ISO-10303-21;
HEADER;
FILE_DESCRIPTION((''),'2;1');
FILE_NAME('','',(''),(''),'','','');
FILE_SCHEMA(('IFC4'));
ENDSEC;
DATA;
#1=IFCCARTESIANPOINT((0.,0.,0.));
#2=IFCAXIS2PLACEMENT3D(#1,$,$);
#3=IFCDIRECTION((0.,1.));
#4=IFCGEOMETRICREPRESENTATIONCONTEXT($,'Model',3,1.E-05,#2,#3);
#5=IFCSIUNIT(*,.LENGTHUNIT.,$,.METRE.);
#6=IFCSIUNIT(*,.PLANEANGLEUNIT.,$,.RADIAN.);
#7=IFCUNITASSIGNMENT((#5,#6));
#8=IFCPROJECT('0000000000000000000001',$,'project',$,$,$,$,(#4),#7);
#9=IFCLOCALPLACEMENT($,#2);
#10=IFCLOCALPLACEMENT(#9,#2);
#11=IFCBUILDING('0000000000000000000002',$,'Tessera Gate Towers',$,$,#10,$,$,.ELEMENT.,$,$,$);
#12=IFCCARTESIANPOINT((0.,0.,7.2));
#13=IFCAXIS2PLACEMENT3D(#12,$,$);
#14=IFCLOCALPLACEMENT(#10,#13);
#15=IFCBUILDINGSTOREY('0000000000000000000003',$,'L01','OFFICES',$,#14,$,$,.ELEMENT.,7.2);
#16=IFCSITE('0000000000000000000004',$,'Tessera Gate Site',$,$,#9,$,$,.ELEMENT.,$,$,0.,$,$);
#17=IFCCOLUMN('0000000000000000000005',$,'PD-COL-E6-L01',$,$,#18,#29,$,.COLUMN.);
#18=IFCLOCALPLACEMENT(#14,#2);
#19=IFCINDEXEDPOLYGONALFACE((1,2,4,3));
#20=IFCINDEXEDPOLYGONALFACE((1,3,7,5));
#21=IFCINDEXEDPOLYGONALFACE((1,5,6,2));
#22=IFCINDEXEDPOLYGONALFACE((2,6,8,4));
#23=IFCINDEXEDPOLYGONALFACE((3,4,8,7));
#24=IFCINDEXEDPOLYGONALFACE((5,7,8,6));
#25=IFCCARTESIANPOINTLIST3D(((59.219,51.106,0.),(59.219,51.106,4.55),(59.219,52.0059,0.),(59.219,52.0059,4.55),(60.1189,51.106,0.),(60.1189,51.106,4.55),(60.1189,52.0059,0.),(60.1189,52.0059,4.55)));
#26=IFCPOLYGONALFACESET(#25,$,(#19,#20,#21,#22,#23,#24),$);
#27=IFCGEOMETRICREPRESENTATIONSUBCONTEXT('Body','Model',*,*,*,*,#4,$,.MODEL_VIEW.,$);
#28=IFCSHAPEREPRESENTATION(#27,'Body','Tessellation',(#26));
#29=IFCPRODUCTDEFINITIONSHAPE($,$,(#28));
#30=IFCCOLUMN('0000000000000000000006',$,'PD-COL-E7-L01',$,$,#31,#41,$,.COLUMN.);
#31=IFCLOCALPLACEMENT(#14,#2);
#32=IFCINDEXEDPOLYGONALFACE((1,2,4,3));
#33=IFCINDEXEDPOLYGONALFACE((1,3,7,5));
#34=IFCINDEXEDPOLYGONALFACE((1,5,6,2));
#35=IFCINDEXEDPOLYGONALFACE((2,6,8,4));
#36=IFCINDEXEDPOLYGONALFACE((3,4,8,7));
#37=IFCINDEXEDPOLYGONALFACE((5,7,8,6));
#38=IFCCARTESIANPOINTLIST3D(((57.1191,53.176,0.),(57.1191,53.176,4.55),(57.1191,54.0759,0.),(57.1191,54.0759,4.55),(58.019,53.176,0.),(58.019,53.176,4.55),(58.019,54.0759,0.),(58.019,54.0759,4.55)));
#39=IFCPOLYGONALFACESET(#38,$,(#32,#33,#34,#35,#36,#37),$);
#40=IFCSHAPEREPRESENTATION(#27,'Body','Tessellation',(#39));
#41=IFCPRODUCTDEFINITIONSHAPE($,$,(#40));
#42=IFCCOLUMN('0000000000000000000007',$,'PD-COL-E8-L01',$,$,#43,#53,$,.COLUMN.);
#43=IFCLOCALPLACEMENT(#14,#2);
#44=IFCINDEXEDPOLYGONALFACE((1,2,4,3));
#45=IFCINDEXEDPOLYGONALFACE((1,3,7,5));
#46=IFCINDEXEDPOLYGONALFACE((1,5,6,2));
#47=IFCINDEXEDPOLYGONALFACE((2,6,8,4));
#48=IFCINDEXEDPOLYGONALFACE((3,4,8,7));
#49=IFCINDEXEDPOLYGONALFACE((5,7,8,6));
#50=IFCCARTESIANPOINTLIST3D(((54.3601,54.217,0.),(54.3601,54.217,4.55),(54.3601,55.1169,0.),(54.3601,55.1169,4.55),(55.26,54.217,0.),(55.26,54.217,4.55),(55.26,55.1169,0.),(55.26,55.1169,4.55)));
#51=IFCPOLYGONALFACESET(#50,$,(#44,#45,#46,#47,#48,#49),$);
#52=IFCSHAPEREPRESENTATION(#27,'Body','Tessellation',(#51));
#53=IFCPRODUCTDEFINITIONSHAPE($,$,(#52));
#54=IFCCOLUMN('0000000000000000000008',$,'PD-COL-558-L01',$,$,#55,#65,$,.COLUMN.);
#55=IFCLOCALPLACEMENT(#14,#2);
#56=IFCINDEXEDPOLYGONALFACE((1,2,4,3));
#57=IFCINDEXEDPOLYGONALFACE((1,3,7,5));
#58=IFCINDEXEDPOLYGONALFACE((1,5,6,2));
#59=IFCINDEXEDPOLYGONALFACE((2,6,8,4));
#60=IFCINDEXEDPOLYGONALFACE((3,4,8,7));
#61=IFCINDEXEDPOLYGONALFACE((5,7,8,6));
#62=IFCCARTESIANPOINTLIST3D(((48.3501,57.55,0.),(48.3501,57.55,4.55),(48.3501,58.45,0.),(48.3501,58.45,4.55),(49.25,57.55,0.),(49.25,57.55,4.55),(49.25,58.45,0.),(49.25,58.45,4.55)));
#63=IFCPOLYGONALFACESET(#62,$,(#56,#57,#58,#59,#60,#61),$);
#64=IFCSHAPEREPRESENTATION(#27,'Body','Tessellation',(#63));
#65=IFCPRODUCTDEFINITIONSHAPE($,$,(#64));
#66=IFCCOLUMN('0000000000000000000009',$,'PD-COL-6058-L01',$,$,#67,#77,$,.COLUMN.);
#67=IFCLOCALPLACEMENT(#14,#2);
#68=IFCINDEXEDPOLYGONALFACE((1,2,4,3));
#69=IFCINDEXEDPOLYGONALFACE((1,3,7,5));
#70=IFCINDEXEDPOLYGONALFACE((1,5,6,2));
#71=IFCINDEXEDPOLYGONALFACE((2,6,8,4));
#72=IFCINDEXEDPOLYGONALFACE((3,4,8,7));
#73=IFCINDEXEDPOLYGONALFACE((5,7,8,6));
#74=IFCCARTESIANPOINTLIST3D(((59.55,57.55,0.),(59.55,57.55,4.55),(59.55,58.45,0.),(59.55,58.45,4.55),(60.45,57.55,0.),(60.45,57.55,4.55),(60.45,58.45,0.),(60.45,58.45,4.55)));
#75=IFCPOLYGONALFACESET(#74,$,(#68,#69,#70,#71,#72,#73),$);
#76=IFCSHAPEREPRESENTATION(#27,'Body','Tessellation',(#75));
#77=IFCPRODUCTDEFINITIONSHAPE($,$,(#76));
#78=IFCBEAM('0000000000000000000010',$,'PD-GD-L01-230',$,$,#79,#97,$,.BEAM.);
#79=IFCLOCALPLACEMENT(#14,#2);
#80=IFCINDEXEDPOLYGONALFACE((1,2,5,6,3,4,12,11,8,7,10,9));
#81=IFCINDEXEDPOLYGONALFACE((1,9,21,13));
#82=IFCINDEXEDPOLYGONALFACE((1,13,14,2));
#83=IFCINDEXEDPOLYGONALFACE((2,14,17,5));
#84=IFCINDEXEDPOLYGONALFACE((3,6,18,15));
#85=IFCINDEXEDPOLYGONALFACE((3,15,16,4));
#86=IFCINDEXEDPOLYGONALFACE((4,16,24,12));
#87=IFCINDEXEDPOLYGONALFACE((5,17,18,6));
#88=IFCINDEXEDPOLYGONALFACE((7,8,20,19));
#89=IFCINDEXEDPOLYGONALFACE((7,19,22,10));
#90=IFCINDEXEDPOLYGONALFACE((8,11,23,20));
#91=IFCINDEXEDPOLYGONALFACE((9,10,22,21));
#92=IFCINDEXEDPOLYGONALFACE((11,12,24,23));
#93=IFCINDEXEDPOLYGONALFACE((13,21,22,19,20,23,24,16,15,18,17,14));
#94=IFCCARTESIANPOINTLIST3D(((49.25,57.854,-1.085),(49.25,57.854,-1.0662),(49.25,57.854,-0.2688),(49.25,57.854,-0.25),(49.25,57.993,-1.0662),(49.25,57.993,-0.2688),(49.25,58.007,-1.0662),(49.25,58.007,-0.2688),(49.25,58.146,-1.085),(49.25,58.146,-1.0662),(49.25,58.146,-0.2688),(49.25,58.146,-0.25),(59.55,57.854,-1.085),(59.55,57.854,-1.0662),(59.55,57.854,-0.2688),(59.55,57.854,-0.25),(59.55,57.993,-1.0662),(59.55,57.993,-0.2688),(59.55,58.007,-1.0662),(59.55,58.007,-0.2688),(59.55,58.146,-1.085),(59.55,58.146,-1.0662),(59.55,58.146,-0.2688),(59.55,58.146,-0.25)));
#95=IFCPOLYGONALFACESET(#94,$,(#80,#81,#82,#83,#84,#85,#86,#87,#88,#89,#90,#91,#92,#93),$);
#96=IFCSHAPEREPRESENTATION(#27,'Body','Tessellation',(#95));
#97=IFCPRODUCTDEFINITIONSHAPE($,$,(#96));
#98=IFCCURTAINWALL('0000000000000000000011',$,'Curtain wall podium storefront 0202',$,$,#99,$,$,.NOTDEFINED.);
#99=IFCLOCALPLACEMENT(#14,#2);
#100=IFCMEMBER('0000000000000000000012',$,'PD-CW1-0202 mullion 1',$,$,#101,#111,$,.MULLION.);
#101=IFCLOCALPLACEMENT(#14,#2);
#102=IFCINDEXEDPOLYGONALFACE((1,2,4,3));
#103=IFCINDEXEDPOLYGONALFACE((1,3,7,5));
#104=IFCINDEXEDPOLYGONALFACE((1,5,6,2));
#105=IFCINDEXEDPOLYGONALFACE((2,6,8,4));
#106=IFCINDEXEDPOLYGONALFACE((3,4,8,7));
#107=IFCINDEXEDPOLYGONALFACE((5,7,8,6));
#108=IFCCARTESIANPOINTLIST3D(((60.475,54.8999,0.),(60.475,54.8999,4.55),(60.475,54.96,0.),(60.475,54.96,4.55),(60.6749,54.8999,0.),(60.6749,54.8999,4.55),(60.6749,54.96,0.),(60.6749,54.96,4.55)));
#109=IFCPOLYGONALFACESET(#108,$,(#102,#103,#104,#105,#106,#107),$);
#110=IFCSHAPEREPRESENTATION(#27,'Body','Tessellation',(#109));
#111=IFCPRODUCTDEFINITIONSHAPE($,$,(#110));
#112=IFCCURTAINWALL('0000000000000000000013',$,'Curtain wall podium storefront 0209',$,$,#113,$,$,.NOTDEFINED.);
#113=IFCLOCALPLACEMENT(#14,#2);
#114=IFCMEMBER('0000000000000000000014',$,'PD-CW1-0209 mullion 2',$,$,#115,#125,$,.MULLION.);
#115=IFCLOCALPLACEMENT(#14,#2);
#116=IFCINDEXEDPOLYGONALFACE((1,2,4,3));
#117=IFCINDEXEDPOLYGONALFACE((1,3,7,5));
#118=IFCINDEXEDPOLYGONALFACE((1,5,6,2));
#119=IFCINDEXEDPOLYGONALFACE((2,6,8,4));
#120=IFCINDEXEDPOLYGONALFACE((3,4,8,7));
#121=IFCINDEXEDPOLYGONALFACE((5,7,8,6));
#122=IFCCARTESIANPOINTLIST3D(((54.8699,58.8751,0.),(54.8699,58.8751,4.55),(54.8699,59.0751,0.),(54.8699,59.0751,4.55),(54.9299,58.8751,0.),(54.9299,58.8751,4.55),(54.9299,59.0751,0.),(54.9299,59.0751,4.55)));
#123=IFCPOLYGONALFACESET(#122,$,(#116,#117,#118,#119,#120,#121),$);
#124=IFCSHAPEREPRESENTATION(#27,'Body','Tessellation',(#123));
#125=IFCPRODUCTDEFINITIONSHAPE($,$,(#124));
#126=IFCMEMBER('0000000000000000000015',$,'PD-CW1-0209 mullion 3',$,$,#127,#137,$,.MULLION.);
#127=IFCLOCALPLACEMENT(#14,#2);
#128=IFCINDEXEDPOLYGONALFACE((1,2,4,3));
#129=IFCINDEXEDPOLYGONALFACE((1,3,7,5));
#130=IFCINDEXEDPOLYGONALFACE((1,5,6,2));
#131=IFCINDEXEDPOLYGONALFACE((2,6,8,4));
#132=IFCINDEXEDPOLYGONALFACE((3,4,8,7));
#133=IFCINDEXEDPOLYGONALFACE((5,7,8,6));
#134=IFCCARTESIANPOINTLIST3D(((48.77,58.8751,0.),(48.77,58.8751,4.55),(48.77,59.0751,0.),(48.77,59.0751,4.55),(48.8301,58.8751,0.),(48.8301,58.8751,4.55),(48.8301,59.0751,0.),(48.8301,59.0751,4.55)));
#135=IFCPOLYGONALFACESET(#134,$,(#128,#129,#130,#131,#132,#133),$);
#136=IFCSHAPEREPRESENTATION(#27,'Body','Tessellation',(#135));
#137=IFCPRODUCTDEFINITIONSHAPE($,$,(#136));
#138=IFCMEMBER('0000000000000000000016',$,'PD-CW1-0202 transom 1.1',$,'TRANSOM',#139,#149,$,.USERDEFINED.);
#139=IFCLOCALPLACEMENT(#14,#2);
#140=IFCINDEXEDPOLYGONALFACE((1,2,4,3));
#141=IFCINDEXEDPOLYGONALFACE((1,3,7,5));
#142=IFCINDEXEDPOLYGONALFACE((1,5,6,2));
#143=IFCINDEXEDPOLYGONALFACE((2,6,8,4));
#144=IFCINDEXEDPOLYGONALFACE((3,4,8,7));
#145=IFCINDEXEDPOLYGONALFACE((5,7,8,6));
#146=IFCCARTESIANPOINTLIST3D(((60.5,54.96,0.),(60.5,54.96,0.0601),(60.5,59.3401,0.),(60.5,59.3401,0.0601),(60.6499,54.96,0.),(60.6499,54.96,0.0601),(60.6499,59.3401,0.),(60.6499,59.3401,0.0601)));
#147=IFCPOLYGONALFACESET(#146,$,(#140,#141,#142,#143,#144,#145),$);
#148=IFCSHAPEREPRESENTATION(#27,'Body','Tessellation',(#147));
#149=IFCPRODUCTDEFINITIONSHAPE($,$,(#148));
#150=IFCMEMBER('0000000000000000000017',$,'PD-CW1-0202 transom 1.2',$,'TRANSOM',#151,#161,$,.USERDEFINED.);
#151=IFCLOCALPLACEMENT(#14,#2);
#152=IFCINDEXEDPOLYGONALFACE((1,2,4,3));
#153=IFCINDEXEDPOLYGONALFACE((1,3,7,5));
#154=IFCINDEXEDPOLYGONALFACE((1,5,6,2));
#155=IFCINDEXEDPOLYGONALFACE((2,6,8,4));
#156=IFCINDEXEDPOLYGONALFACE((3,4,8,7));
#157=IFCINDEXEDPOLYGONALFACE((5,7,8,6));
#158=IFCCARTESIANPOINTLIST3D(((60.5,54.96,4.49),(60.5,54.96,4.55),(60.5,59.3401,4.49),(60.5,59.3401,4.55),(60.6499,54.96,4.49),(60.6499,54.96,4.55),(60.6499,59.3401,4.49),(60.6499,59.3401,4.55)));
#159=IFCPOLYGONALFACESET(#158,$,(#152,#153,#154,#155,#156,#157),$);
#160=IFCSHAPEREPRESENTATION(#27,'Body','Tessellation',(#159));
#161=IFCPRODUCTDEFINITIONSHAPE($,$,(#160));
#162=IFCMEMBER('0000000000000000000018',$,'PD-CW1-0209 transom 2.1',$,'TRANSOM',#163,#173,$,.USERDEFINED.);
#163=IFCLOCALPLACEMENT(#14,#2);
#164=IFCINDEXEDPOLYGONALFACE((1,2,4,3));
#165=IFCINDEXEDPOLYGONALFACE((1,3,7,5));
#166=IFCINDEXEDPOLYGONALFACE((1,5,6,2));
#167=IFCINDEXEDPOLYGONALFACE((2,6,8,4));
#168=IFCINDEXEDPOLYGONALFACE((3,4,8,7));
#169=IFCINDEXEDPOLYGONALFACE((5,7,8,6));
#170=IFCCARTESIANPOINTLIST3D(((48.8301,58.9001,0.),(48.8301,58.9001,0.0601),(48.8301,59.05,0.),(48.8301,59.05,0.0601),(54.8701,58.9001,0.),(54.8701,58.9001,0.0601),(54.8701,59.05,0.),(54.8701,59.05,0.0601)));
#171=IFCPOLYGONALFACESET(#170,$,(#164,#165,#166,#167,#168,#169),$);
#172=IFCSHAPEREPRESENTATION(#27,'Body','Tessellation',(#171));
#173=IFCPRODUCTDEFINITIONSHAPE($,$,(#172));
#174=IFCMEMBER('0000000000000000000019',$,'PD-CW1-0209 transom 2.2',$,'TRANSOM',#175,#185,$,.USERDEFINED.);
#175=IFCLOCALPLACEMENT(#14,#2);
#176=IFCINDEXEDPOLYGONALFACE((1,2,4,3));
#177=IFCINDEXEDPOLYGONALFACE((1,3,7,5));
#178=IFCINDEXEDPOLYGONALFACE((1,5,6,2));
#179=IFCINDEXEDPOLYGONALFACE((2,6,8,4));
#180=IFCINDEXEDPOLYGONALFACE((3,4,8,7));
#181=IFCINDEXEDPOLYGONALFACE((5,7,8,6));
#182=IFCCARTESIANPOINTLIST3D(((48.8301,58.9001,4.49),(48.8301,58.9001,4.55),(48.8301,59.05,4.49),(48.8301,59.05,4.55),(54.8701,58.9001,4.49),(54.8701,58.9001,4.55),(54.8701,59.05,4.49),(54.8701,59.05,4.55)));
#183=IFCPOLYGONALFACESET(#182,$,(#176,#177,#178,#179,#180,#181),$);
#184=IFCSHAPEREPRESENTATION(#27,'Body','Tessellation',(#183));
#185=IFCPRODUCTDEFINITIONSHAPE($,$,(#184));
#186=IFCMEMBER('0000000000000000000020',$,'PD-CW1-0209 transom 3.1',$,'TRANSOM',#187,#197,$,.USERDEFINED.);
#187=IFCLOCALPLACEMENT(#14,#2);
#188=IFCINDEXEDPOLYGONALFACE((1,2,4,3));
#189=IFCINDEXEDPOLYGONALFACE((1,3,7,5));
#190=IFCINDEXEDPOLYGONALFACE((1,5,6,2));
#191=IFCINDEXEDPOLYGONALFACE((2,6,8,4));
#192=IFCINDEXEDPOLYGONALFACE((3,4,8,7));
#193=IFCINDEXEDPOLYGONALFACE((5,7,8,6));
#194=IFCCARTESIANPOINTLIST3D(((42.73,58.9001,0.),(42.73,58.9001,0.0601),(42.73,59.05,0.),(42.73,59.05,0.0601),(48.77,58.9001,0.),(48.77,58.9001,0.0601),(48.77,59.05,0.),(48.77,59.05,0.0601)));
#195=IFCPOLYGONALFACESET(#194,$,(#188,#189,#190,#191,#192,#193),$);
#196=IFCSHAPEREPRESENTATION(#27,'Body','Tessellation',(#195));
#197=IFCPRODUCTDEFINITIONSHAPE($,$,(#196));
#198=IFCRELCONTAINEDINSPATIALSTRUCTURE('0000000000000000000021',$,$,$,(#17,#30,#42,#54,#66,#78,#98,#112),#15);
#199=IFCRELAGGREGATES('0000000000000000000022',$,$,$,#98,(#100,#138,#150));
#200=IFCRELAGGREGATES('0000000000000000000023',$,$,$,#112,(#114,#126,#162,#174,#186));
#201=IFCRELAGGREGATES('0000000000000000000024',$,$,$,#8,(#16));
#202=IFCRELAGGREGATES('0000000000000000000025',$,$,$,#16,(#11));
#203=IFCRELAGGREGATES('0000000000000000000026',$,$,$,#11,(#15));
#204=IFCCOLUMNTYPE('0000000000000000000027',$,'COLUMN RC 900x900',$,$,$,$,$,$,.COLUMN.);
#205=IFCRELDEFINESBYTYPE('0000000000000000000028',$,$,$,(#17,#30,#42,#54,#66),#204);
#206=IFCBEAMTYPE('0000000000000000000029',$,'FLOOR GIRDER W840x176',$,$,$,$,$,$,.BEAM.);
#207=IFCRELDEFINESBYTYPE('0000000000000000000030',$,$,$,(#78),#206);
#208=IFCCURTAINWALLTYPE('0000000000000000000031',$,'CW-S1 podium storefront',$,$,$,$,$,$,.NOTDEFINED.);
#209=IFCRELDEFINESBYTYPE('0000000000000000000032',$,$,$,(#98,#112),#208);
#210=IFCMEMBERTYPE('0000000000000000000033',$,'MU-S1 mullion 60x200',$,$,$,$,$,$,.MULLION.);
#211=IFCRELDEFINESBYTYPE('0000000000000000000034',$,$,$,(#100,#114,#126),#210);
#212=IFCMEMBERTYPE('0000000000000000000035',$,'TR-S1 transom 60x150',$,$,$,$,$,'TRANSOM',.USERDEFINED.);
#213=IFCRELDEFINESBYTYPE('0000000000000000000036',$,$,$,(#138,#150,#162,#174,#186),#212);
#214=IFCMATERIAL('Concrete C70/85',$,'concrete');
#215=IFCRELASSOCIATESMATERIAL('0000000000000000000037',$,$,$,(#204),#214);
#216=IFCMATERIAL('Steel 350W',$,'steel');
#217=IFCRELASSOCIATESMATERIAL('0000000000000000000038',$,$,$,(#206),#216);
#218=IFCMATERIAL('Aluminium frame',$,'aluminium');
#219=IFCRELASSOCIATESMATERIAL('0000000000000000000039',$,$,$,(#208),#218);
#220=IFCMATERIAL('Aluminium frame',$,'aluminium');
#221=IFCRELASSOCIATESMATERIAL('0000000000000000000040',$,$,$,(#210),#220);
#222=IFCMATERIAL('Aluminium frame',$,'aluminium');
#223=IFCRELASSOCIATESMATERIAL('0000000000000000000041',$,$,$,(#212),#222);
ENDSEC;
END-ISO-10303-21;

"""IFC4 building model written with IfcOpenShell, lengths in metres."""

from ifc_helpers import new_model, si_unit, direction, frame, origin, origin_2d, place, context, subcontext, project, spatial, rectangle, i_section, extrude, material, material_profile, profile_set, type_object, element, aggregate, save


model = new_model("IFC4")

# Units and contexts
model_context = context("Model", 3, precision=1e-05, world=origin(), true_north=direction((0.0, 1.0)))
body_context = subcontext(model_context, "Body", "Model", "MODEL_VIEW")
ifc_project = project(units=[si_unit("LENGTHUNIT", "METRE"), si_unit("PLANEANGLEUNIT", "RADIAN")], contexts=[model_context])

# Site, building, storey
site_placement = place(None, origin())
site = spatial("IfcSite", under=ifc_project, at=site_placement, Name="Tessera Gate Site", CompositionType="ELEMENT", RefElevation=0.0)
building_placement = place(site_placement, origin())
building = spatial("IfcBuilding", under=site, at=building_placement, Name="Tessera Gate Towers", CompositionType="ELEMENT")
storey_placement = place(building_placement, frame((0.0, 0.0, 7.2)))
storey = spatial("IfcBuildingStorey", under=building, at=storey_placement, Name="L01", Description="OFFICES", CompositionType="ELEMENT", Elevation=7.2)

# Columns
ifc_material_1 = material(Name="Concrete C70/85", Category="concrete")
ifc_material_profile_1 = material_profile(ifc_material_1, rectangle(XDim=0.8999, YDim=0.8999, at=origin_2d()), Name="RC 900x900")
ifc_profile_set_1 = profile_set([ifc_material_profile_1], Name="Concrete C70/85")
column_type = type_object("IfcColumnType", Name="COLUMN RC 900x900", PredefinedType="COLUMN", material=ifc_profile_set_1)
for number, where, z_axis, x_axis, name in (
    (1, (59.6689, 51.5559, 0.0), (0.0, 0.0, 1.0), (1.0, 0.0, 0.0), "PD-COL-E6-L01"),
    (2, (57.5691, 53.626, 0.0), (0.0, 0.0, 1.0), (1.0, 0.0, 0.0), "PD-COL-E7-L01"),
    (3, (54.8101, 54.667, 0.0), (0.0, 0.0, 1.0), (1.0, 0.0, 0.0), "PD-COL-E8-L01"),
    (4, (48.8, 58.0, 0.0), (0.0, 0.0, 1.0), (1.0, 0.0, 0.0), "PD-COL-558-L01"),
    (5, (60.0, 58.0, 0.0), (0.0, 0.0, 1.0), (1.0, 0.0, 0.0), "PD-COL-6058-L01"),
):
    element("IfcColumn", number, at=place(storey_placement, frame(where, z_axis=z_axis, x_axis=x_axis)), inside=storey, type_object=column_type, Name=name, PredefinedType="COLUMN", context=body_context, shape_type="SweptSolid", body=[
        extrude(rectangle(XDim=0.8999, YDim=0.8999, at=origin_2d()), origin(), (0.0, 0.0, 1.0), 4.55),
    ])

# Beam
ifc_material_2 = material(Name="Steel 350W", Category="steel")
ifc_material_profile_2 = material_profile(ifc_material_2, i_section(OverallWidth=0.292, OverallDepth=0.835, WebThickness=0.0139, FlangeThickness=0.0188, at=origin_2d()), Name="W840x176")
ifc_profile_set_2 = profile_set([ifc_material_profile_2], Name="Steel 350W")
beam_type = type_object("IfcBeamType", Name="FLOOR GIRDER W840x176", PredefinedType="BEAM", material=ifc_profile_set_2)
beam_placement = place(storey_placement, frame((49.25, 58.0, -0.6675), z_axis=(1.0, 0.0, 0.0), x_axis=(0.0, 1.0, 0.0)))
element("IfcBeam", 6, at=beam_placement, inside=storey, type_object=beam_type, Name="PD-GD-L01-230", PredefinedType="BEAM", context=body_context, shape_type="SweptSolid", body=[
    extrude(i_section(OverallWidth=0.292, OverallDepth=0.835, WebThickness=0.0139, FlangeThickness=0.0188, at=origin_2d()), origin(), (0.0, 0.0, 1.0), 10.3),
])

# Curtain wall, member
ifc_material_3 = material(Name="Aluminium frame", Category="aluminium")
curtain_wall_type = type_object("IfcCurtainWallType", Name="CW-S1 podium storefront", PredefinedType="NOTDEFINED", material=ifc_material_3)
curtain_wall_1_placement = place(storey_placement, origin())
curtain_wall_1 = element("IfcCurtainWall", 7, at=curtain_wall_1_placement, inside=storey, type_object=curtain_wall_type, Name="Curtain wall podium storefront 0202", PredefinedType="NOTDEFINED")
ifc_material_4 = material(Name="Aluminium frame", Category="aluminium")
ifc_material_profile_3 = material_profile(ifc_material_4, rectangle(XDim=0.0601, YDim=0.2, at=origin_2d()), Name="AL 60x200")
ifc_profile_set_3 = profile_set([ifc_material_profile_3], Name="Aluminium frame")
member_type_1 = type_object("IfcMemberType", Name="MU-S1 mullion 60x200", PredefinedType="MULLION", material=ifc_profile_set_3)
member_1_placement = place(storey_placement, frame((60.575, 54.9299, 0.0), z_axis=(0.0, 0.0, 1.0), x_axis=(0.0, 1.0, 0.0)))
member_1 = element("IfcMember", 8, at=member_1_placement, type_object=member_type_1, Name="PD-CW1-0202 mullion 1", PredefinedType="MULLION", context=body_context, shape_type="SweptSolid", body=[
    extrude(rectangle(XDim=0.0601, YDim=0.2, at=origin_2d()), origin(), (0.0, 0.0, 1.0), 4.55),
])

# Curtain wall, members
curtain_wall_2_placement = place(storey_placement, origin())
curtain_wall_2 = element("IfcCurtainWall", 9, at=curtain_wall_2_placement, inside=storey, type_object=curtain_wall_type, Name="Curtain wall podium storefront 0209", PredefinedType="NOTDEFINED")
member_2_placement = place(storey_placement, frame((54.8999, 58.9751, 0.0), z_axis=(0.0, 0.0, 1.0), x_axis=(-1.0, 0.0, 0.0)))
member_2 = element("IfcMember", 10, at=member_2_placement, type_object=member_type_1, Name="PD-CW1-0209 mullion 2", PredefinedType="MULLION", context=body_context, shape_type="SweptSolid", body=[
    extrude(rectangle(XDim=0.0601, YDim=0.2, at=origin_2d()), origin(), (0.0, 0.0, 1.0), 4.55),
])
member_3_placement = place(storey_placement, frame((48.8, 58.9751, 0.0), z_axis=(0.0, 0.0, 1.0), x_axis=(-1.0, 0.0, 0.0)))
member_3 = element("IfcMember", 11, at=member_3_placement, type_object=member_type_1, Name="PD-CW1-0209 mullion 3", PredefinedType="MULLION", context=body_context, shape_type="SweptSolid", body=[
    extrude(rectangle(XDim=0.0601, YDim=0.2, at=origin_2d()), origin(), (0.0, 0.0, 1.0), 4.55),
])

# Members
ifc_material_5 = material(Name="Aluminium frame", Category="aluminium")
ifc_material_profile_4 = material_profile(ifc_material_5, rectangle(XDim=0.1499, YDim=0.0601, at=origin_2d()), Name="AL 60x150")
ifc_profile_set_4 = profile_set([ifc_material_profile_4], Name="Aluminium frame")
member_type_2 = type_object("IfcMemberType", Name="TR-S1 transom 60x150", ElementType="TRANSOM", PredefinedType="USERDEFINED", material=ifc_profile_set_4)
member_4_placement = place(storey_placement, frame((60.575, 54.96, 0.03), z_axis=(0.0, 1.0, 0.0), x_axis=(-1.0, 0.0, 0.0)))
member_4 = element("IfcMember", 12, at=member_4_placement, type_object=member_type_2, Name="PD-CW1-0202 transom 1.1", ObjectType="TRANSOM", PredefinedType="USERDEFINED", context=body_context, shape_type="SweptSolid", body=[
    extrude(rectangle(XDim=0.1499, YDim=0.0601, at=origin_2d()), origin(), (0.0, 0.0, 1.0), 4.3801),
])
member_5_placement = place(storey_placement, frame((60.575, 54.96, 4.52), z_axis=(0.0, 1.0, 0.0), x_axis=(-1.0, 0.0, 0.0)))
member_5 = element("IfcMember", 13, at=member_5_placement, type_object=member_type_2, Name="PD-CW1-0202 transom 1.2", ObjectType="TRANSOM", PredefinedType="USERDEFINED", context=body_context, shape_type="SweptSolid", body=[
    extrude(rectangle(XDim=0.1499, YDim=0.0601, at=origin_2d()), origin(), (0.0, 0.0, 1.0), 4.3801),
])
member_6_placement = place(storey_placement, frame((54.8701, 58.9751, 0.03), z_axis=(-1.0, 0.0, 0.0), x_axis=(0.0, -1.0, 0.0)))
member_6 = element("IfcMember", 14, at=member_6_placement, type_object=member_type_2, Name="PD-CW1-0209 transom 2.1", ObjectType="TRANSOM", PredefinedType="USERDEFINED", context=body_context, shape_type="SweptSolid", body=[
    extrude(rectangle(XDim=0.1499, YDim=0.0601, at=origin_2d()), origin(), (0.0, 0.0, 1.0), 6.04),
])
member_7_placement = place(storey_placement, frame((54.8701, 58.9751, 4.52), z_axis=(-1.0, 0.0, 0.0), x_axis=(0.0, -1.0, 0.0)))
member_7 = element("IfcMember", 15, at=member_7_placement, type_object=member_type_2, Name="PD-CW1-0209 transom 2.2", ObjectType="TRANSOM", PredefinedType="USERDEFINED", context=body_context, shape_type="SweptSolid", body=[
    extrude(rectangle(XDim=0.1499, YDim=0.0601, at=origin_2d()), origin(), (0.0, 0.0, 1.0), 6.04),
])
member_8_placement = place(storey_placement, frame((48.77, 58.9751, 0.03), z_axis=(-1.0, 0.0, 0.0), x_axis=(0.0, -1.0, 0.0)))
member_8 = element("IfcMember", 16, at=member_8_placement, type_object=member_type_2, Name="PD-CW1-0209 transom 3.1", ObjectType="TRANSOM", PredefinedType="USERDEFINED", context=body_context, shape_type="SweptSolid", body=[
    extrude(rectangle(XDim=0.1499, YDim=0.0601, at=origin_2d()), origin(), (0.0, 0.0, 1.0), 6.04),
])

aggregate(curtain_wall_1, [member_1, member_4, member_5])
aggregate(curtain_wall_2, [member_2, member_3, member_6, member_7, member_8])

save(model, "model.ifc")
